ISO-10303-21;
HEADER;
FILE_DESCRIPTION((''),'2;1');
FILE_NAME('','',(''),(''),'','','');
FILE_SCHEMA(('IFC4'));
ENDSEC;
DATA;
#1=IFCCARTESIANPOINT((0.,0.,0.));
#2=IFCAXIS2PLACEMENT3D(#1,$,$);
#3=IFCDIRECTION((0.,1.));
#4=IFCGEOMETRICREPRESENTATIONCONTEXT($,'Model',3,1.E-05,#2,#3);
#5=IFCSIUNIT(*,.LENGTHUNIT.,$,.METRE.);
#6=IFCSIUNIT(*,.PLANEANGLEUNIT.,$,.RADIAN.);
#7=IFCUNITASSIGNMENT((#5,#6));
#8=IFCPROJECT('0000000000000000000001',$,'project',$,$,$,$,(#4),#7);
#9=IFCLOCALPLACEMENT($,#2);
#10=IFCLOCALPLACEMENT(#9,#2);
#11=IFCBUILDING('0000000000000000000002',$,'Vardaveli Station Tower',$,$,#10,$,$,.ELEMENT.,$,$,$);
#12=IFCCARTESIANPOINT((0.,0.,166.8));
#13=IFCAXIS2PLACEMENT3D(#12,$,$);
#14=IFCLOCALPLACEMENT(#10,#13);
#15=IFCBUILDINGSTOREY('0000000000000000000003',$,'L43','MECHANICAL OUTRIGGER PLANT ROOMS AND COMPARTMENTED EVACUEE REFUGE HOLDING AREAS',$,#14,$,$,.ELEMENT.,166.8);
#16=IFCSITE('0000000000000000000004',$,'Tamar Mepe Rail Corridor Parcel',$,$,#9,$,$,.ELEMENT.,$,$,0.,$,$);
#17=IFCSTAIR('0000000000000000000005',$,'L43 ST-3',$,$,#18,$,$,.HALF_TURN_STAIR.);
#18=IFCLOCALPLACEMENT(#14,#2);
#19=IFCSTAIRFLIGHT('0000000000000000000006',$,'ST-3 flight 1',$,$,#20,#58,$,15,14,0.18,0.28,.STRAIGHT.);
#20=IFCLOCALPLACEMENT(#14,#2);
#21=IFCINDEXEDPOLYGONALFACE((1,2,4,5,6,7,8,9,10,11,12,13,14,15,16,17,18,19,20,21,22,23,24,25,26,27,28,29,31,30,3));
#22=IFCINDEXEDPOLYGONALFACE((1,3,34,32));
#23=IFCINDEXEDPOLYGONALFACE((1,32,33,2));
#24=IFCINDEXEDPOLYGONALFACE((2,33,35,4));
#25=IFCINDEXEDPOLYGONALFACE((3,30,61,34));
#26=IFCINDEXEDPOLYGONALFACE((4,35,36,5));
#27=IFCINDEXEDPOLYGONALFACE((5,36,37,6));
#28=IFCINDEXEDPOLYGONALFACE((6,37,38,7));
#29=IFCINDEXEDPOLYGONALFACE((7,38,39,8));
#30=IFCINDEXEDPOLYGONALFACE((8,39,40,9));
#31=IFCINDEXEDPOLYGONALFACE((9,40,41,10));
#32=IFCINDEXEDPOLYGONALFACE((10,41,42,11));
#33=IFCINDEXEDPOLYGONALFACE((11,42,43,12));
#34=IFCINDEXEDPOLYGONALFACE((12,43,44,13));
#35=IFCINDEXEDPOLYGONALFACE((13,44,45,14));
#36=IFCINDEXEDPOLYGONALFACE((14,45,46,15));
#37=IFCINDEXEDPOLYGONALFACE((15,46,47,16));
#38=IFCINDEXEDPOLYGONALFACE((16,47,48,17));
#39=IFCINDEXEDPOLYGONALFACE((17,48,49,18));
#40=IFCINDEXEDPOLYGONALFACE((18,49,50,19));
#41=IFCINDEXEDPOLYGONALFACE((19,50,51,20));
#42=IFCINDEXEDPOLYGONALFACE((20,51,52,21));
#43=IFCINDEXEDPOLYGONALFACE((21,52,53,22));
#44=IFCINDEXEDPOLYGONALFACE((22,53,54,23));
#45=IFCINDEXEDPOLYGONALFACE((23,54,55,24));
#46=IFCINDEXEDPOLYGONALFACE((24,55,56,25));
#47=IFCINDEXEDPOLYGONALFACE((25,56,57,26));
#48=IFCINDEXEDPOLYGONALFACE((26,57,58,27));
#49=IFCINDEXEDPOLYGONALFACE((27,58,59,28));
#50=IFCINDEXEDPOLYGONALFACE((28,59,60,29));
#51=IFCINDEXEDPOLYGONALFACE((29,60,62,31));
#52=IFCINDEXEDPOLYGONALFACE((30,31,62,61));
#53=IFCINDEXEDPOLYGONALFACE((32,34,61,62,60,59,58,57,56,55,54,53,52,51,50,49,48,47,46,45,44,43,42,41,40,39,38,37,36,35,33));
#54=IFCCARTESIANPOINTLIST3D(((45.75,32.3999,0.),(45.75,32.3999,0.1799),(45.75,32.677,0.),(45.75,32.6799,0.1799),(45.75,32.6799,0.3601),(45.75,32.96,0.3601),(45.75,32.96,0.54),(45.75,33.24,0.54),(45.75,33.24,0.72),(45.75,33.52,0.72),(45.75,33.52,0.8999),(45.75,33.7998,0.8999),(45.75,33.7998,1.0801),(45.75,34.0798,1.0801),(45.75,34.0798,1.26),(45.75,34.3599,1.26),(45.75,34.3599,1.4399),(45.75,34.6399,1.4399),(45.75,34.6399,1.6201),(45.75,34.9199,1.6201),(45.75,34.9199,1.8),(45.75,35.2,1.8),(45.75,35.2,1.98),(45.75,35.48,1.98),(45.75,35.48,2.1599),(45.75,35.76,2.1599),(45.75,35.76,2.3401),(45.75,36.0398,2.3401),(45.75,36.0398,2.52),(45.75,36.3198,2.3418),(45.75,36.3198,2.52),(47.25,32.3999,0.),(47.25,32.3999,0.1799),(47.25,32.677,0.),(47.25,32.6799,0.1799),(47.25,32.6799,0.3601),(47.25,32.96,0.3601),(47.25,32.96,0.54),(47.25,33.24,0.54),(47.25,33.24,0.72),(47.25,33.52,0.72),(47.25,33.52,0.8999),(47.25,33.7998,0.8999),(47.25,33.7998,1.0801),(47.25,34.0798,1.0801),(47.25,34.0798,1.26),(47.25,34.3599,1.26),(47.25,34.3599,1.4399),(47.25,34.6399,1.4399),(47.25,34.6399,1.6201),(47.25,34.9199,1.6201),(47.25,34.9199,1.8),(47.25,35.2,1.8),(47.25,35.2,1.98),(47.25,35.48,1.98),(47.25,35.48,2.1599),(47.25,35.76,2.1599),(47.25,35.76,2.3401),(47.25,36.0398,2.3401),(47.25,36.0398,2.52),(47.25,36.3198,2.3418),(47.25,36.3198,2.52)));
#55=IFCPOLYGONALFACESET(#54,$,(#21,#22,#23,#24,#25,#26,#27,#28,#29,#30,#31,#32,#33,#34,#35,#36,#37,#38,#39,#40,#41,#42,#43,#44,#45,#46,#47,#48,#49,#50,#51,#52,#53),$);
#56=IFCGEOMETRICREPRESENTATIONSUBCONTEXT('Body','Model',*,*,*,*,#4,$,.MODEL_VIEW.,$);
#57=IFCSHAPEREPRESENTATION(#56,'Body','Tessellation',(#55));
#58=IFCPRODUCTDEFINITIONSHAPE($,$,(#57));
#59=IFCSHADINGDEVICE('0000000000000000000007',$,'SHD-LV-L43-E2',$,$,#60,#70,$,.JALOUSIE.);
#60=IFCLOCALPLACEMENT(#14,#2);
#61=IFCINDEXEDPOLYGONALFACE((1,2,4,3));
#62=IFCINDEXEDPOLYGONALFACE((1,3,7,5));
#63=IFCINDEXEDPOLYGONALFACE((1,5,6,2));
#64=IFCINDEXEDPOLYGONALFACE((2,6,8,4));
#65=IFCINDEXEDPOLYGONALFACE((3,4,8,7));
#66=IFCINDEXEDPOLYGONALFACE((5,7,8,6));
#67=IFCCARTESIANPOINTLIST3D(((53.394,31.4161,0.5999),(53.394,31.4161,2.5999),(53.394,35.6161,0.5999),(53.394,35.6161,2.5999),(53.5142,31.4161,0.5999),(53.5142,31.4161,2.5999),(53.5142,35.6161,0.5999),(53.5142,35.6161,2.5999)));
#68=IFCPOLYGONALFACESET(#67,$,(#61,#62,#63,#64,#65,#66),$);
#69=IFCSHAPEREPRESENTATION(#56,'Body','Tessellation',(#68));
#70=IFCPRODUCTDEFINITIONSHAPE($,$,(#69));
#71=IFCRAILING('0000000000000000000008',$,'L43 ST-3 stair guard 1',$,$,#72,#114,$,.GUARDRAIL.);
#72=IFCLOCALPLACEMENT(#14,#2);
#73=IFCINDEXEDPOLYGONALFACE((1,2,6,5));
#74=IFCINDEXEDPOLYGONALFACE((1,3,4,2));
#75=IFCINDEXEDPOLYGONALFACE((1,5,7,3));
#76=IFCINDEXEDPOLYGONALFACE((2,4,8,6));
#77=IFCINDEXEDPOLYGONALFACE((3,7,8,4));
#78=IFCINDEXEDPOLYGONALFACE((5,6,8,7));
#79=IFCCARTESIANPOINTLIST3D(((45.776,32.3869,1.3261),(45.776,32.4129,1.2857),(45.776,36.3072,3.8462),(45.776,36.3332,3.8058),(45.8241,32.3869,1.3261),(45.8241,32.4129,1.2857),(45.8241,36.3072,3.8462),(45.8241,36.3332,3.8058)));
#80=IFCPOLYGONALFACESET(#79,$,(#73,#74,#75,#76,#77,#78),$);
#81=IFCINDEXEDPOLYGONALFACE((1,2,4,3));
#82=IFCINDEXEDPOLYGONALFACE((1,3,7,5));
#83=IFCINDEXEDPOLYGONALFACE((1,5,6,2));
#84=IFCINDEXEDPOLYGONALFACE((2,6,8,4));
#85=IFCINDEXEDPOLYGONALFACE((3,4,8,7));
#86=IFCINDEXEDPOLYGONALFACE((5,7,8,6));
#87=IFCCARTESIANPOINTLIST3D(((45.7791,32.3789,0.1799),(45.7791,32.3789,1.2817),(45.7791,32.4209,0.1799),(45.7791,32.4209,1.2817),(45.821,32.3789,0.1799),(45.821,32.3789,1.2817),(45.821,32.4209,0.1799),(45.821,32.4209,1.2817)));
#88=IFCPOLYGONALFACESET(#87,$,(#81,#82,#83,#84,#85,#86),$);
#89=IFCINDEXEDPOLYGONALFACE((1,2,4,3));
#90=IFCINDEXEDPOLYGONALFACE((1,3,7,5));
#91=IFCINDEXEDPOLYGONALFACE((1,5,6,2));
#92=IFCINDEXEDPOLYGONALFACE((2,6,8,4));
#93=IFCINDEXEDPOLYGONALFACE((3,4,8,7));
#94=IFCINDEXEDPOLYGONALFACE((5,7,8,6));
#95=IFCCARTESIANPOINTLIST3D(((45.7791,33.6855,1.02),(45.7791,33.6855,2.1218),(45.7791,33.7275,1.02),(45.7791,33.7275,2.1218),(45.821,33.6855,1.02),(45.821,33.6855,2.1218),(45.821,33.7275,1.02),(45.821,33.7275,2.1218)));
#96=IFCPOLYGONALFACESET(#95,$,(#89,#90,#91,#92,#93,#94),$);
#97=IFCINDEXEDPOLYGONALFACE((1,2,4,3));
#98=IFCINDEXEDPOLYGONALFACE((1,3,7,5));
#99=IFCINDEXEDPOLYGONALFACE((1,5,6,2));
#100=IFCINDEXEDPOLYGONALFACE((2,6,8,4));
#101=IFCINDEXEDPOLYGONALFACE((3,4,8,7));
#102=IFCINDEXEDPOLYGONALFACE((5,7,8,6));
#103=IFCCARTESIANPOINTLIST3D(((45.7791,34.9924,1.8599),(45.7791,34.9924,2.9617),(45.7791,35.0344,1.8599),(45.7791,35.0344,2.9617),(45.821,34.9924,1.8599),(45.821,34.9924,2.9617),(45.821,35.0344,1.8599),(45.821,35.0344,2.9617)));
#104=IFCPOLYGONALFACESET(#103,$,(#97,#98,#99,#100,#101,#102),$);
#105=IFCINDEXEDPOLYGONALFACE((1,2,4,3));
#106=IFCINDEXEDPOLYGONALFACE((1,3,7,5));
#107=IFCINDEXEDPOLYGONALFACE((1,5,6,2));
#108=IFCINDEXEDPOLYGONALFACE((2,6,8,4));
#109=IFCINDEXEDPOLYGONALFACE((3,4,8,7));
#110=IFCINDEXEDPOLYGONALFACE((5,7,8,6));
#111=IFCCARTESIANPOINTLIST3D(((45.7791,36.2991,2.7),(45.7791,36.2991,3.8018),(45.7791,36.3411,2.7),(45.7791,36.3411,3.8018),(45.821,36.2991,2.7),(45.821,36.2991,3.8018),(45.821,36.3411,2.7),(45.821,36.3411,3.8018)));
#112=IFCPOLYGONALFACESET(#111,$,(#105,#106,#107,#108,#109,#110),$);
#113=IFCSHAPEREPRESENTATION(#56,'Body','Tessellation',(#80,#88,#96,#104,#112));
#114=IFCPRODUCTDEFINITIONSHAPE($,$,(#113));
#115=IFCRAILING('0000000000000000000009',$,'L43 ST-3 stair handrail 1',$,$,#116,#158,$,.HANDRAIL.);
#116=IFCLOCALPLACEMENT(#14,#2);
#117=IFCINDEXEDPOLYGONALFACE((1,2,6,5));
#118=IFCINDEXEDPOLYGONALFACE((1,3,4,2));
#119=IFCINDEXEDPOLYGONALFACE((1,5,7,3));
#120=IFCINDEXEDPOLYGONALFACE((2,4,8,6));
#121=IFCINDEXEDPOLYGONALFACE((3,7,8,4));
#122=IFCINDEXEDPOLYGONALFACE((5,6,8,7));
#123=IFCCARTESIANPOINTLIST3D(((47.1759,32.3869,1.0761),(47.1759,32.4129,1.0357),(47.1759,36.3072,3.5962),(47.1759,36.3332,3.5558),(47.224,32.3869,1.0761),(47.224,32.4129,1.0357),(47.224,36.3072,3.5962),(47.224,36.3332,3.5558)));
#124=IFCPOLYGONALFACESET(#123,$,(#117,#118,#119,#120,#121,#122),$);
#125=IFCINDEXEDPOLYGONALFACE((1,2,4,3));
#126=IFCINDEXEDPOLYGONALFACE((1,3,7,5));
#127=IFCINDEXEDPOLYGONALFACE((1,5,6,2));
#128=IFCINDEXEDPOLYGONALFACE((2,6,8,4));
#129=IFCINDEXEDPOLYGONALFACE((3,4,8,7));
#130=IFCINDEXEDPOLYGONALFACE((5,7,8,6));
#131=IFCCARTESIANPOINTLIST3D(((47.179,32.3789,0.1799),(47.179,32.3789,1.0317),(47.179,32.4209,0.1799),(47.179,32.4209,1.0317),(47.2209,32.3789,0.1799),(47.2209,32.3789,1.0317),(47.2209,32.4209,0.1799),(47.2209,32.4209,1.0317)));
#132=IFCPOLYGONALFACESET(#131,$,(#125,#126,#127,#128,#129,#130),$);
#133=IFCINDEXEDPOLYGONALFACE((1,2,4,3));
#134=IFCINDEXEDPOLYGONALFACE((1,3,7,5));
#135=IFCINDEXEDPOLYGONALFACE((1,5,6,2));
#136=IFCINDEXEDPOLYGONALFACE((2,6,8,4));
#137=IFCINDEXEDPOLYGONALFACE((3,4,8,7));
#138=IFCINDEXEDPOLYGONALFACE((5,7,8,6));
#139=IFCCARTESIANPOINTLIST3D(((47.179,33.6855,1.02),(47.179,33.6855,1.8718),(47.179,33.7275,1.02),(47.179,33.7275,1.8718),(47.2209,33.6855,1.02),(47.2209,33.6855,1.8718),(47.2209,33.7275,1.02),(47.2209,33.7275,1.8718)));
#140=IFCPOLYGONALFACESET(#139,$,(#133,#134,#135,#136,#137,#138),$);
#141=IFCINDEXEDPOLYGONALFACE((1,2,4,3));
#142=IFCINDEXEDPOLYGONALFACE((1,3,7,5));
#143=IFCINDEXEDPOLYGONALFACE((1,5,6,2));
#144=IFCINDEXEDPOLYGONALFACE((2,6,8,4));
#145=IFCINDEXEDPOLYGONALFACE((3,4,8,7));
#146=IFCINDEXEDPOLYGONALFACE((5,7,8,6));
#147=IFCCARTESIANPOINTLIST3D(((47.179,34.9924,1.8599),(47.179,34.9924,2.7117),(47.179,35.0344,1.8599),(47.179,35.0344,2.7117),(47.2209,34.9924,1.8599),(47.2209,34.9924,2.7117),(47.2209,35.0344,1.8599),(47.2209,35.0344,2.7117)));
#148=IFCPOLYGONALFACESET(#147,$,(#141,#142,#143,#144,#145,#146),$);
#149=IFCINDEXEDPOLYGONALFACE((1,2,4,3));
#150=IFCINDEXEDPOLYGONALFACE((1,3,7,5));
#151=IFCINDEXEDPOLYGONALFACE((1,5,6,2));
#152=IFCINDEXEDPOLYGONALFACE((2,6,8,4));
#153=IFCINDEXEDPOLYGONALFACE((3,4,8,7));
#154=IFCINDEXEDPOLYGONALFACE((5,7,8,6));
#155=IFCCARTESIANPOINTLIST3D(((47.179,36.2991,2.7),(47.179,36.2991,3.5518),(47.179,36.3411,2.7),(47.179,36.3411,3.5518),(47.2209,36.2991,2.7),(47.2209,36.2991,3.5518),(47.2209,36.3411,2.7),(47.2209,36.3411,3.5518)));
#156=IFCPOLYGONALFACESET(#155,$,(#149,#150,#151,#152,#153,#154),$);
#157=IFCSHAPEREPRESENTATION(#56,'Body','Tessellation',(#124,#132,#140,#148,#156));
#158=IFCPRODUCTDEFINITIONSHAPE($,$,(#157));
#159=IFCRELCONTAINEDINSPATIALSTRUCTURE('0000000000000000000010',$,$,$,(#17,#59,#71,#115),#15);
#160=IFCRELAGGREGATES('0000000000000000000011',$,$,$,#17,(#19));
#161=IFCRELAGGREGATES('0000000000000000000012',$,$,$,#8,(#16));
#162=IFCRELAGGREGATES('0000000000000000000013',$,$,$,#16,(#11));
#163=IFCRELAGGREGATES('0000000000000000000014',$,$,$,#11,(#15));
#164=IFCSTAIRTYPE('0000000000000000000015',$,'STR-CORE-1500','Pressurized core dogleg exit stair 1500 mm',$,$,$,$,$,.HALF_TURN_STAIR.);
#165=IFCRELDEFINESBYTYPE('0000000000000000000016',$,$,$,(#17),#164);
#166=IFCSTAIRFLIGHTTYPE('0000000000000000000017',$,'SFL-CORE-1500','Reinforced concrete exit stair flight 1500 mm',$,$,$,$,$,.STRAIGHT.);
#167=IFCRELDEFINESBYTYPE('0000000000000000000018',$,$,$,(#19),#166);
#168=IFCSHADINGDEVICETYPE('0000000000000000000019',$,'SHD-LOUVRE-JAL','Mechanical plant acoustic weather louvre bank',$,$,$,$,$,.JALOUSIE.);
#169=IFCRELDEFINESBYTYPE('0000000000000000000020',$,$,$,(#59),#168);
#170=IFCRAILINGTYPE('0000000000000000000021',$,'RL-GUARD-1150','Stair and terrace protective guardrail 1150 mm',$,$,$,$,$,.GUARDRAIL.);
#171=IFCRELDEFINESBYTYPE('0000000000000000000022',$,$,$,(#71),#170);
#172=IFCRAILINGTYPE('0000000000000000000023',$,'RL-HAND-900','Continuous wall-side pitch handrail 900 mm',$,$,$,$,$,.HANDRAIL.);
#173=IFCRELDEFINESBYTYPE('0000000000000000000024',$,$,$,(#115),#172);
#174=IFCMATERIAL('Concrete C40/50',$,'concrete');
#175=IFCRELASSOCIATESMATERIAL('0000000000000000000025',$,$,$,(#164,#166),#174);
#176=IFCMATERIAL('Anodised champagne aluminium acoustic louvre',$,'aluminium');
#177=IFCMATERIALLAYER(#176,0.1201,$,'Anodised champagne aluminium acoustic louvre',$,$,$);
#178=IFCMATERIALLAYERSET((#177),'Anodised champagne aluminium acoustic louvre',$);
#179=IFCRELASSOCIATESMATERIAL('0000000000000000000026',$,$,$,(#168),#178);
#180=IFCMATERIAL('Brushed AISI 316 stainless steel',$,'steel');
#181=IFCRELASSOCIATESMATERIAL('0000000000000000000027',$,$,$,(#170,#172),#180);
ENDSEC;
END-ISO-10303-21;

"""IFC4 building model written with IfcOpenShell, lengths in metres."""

from ifc_helpers import new_model, si_unit, direction, frame, origin, origin_2d, place, context, subcontext, project, spatial, polyline, rectangle, outline, extrude, source, transform, mapped, material, layer, layer_set, type_object, element, aggregate, save


model = new_model("IFC4")

# Units and contexts
model_context = context("Model", 3, precision=1e-05, world=origin(), true_north=direction((0.0, 1.0)))
body_context = subcontext(model_context, "Body", "Model", "MODEL_VIEW")
ifc_project = project(units=[si_unit("LENGTHUNIT", "METRE"), si_unit("PLANEANGLEUNIT", "RADIAN")], contexts=[model_context])

# Site, building, storey
site_placement = place(None, origin())
site = spatial("IfcSite", under=ifc_project, at=site_placement, Name="Tamar Mepe Rail Corridor Parcel", CompositionType="ELEMENT", RefElevation=0.0)
building_placement = place(site_placement, origin())
building = spatial("IfcBuilding", under=site, at=building_placement, Name="Vardaveli Station Tower", CompositionType="ELEMENT")
storey_placement = place(building_placement, frame((0.0, 0.0, 166.8)))
storey = spatial("IfcBuildingStorey", under=building, at=storey_placement, Name="L43", Description="MECHANICAL OUTRIGGER PLANT ROOMS AND COMPARTMENTED EVACUEE REFUGE HOLDING AREAS", CompositionType="ELEMENT", Elevation=166.8)

# Shared definitions
ifc_material_1 = material(Name="Concrete C40/50", Category="concrete")

# Stair, stair flight
stair_type = type_object("IfcStairType", Name="STR-CORE-1500", Description="Pressurized core dogleg exit stair 1500 mm", PredefinedType="HALF_TURN_STAIR", material=ifc_material_1)
stair_placement = place(storey_placement, origin())
stair = element("IfcStair", 1, at=stair_placement, inside=storey, type_object=stair_type, Name="L43 ST-3", PredefinedType="HALF_TURN_STAIR")
stair_flight_type = type_object("IfcStairFlightType", Name="SFL-CORE-1500", Description="Reinforced concrete exit stair flight 1500 mm", PredefinedType="STRAIGHT", material=ifc_material_1)
shared_shape_1 = source(origin(), body_context, "Body", "SweptSolid", [
    extrude(outline(polyline([(0.0, 0.0), (0.0, 0.1799), (0.28, 0.1799), (0.28, 0.3601), (0.5601, 0.3601), (0.5601, 0.54), (0.8401, 0.54), (0.8401, 0.72), (1.1201, 0.72), (1.1201, 0.8999), (1.3999, 0.8999), (1.3999, 1.0801), (1.6799, 1.0801), (1.6799, 1.26), (1.96, 1.26), (1.96, 1.4399), (2.24, 1.4399), (2.24, 1.6201), (2.52, 1.6201), (2.52, 1.8), (2.8, 1.8), (2.8, 1.98), (3.0801, 1.98), (3.0801, 2.1599), (3.3601, 2.1599), (3.3601, 2.3401), (3.6399, 2.3401), (3.6399, 2.52), (3.9199, 2.52), (3.9199, 2.7), (3.9199, 2.3418), (0.2771, 0.0), (0.0, 0.0)])), frame((0.0, 0.75, 0.0), z_axis=(0.0, -1.0, 0.0), x_axis=(1.0, 0.0, 0.0)), (0.0, 0.0, 1.0), 1.5),
])
stair_flight_placement = place(storey_placement, frame((46.5, 32.3999, 0.0), z_axis=(0.0, 0.0, 1.0), x_axis=(0.0, 1.0, 0.0)))
stair_flight = element("IfcStairFlight", 2, at=stair_flight_placement, type_object=stair_flight_type, Name="ST-3 flight 1", NumberOfRisers=15, NumberOfTreads=14, PredefinedType="STRAIGHT", RiserHeight=0.18, TreadLength=0.28, context=body_context, shape_type="MappedRepresentation", body=[
    mapped(shared_shape_1, transform((0.0, 0.0, 0.0), scale=1.0)),
])
aggregate(stair, [stair_flight])

# Shading device
ifc_material_2 = material(Name="Anodised champagne aluminium acoustic louvre", Category="aluminium")
ifc_layer_1 = layer(ifc_material_2, 0.1201, Name="Anodised champagne aluminium acoustic louvre")
ifc_layer_set_1 = layer_set([ifc_layer_1], Name="Anodised champagne aluminium acoustic louvre")
shading_device_type = type_object("IfcShadingDeviceType", Name="SHD-LOUVRE-JAL", Description="Mechanical plant acoustic weather louvre bank", PredefinedType="JALOUSIE", material=ifc_layer_set_1)
shared_shape_2 = source(origin(), body_context, "Body", "SweptSolid", [
    extrude(rectangle(XDim=4.2, YDim=0.1201, at=origin_2d()), origin(), (0.0, 0.0, 1.0), 2.0),
])
shading_device_placement = place(storey_placement, frame((53.4541, 33.5161, 0.5999), z_axis=(0.0, 0.0, 1.0), x_axis=(0.0, 1.0, 0.0)))
element("IfcShadingDevice", 3, at=shading_device_placement, inside=storey, type_object=shading_device_type, Name="SHD-LV-L43-E2", PredefinedType="JALOUSIE", context=body_context, shape_type="MappedRepresentation", body=[
    mapped(shared_shape_2, transform((0.0, 0.0, 0.0), scale=1.0)),
])

# Railings
ifc_material_3 = material(Name="Brushed AISI 316 stainless steel", Category="steel")
railing_type_1 = type_object("IfcRailingType", Name="RL-GUARD-1150", Description="Stair and terrace protective guardrail 1150 mm", PredefinedType="GUARDRAIL", material=ifc_material_3)
shared_shape_3 = source(origin(), body_context, "Body", "SweptSolid", [
    extrude(rectangle(XDim=0.0481, YDim=0.0481, at=origin_2d()), frame((0.0, 0.0, 1.126), z_axis=(0.0, 0.841187, 0.540744), x_axis=(-1.0, 0.0, 0.0)), (0.0, 0.0, 1.0), 4.6604),
    extrude(rectangle(XDim=0.042, YDim=0.042, at=origin_2d()), origin(), (0.0, 0.0, 1.0), 1.1018),
    extrude(rectangle(XDim=0.042, YDim=0.042, at=origin_2d()), frame((0.0, 1.3066, 0.8401)), (0.0, 0.0, 1.0), 1.1018),
    extrude(rectangle(XDim=0.042, YDim=0.042, at=origin_2d()), frame((0.0, 2.6135, 1.6799)), (0.0, 0.0, 1.0), 1.1018),
    extrude(rectangle(XDim=0.042, YDim=0.042, at=origin_2d()), frame((0.0, 3.9202, 2.52)), (0.0, 0.0, 1.0), 1.1018),
])
railing_1_placement = place(storey_placement, frame((45.8, 32.3999, 0.1799)))
element("IfcRailing", 4, at=railing_1_placement, inside=storey, type_object=railing_type_1, Name="L43 ST-3 stair guard 1", PredefinedType="GUARDRAIL", context=body_context, shape_type="MappedRepresentation", body=[
    mapped(shared_shape_3, transform((0.0, 0.0, 0.0), scale=1.0)),
])
railing_type_2 = type_object("IfcRailingType", Name="RL-HAND-900", Description="Continuous wall-side pitch handrail 900 mm", PredefinedType="HANDRAIL", material=ifc_material_3)
shared_shape_4 = source(origin(), body_context, "Body", "SweptSolid", [
    extrude(rectangle(XDim=0.0481, YDim=0.0481, at=origin_2d()), frame((0.0, 0.0, 0.876), z_axis=(0.0, 0.841187, 0.540744), x_axis=(-1.0, 0.0, 0.0)), (0.0, 0.0, 1.0), 4.6604),
    extrude(rectangle(XDim=0.042, YDim=0.042, at=origin_2d()), origin(), (0.0, 0.0, 1.0), 0.8518),
    extrude(rectangle(XDim=0.042, YDim=0.042, at=origin_2d()), frame((0.0, 1.3066, 0.8401)), (0.0, 0.0, 1.0), 0.8518),
    extrude(rectangle(XDim=0.042, YDim=0.042, at=origin_2d()), frame((0.0, 2.6135, 1.6799)), (0.0, 0.0, 1.0), 0.8518),
    extrude(rectangle(XDim=0.042, YDim=0.042, at=origin_2d()), frame((0.0, 3.9202, 2.52)), (0.0, 0.0, 1.0), 0.8518),
])
railing_2_placement = place(storey_placement, frame((47.2, 32.3999, 0.1799)))
element("IfcRailing", 5, at=railing_2_placement, inside=storey, type_object=railing_type_2, Name="L43 ST-3 stair handrail 1", PredefinedType="HANDRAIL", context=body_context, shape_type="MappedRepresentation", body=[
    mapped(shared_shape_4, transform((0.0, 0.0, 0.0), scale=1.0)),
])

save(model, "model.ifc")
